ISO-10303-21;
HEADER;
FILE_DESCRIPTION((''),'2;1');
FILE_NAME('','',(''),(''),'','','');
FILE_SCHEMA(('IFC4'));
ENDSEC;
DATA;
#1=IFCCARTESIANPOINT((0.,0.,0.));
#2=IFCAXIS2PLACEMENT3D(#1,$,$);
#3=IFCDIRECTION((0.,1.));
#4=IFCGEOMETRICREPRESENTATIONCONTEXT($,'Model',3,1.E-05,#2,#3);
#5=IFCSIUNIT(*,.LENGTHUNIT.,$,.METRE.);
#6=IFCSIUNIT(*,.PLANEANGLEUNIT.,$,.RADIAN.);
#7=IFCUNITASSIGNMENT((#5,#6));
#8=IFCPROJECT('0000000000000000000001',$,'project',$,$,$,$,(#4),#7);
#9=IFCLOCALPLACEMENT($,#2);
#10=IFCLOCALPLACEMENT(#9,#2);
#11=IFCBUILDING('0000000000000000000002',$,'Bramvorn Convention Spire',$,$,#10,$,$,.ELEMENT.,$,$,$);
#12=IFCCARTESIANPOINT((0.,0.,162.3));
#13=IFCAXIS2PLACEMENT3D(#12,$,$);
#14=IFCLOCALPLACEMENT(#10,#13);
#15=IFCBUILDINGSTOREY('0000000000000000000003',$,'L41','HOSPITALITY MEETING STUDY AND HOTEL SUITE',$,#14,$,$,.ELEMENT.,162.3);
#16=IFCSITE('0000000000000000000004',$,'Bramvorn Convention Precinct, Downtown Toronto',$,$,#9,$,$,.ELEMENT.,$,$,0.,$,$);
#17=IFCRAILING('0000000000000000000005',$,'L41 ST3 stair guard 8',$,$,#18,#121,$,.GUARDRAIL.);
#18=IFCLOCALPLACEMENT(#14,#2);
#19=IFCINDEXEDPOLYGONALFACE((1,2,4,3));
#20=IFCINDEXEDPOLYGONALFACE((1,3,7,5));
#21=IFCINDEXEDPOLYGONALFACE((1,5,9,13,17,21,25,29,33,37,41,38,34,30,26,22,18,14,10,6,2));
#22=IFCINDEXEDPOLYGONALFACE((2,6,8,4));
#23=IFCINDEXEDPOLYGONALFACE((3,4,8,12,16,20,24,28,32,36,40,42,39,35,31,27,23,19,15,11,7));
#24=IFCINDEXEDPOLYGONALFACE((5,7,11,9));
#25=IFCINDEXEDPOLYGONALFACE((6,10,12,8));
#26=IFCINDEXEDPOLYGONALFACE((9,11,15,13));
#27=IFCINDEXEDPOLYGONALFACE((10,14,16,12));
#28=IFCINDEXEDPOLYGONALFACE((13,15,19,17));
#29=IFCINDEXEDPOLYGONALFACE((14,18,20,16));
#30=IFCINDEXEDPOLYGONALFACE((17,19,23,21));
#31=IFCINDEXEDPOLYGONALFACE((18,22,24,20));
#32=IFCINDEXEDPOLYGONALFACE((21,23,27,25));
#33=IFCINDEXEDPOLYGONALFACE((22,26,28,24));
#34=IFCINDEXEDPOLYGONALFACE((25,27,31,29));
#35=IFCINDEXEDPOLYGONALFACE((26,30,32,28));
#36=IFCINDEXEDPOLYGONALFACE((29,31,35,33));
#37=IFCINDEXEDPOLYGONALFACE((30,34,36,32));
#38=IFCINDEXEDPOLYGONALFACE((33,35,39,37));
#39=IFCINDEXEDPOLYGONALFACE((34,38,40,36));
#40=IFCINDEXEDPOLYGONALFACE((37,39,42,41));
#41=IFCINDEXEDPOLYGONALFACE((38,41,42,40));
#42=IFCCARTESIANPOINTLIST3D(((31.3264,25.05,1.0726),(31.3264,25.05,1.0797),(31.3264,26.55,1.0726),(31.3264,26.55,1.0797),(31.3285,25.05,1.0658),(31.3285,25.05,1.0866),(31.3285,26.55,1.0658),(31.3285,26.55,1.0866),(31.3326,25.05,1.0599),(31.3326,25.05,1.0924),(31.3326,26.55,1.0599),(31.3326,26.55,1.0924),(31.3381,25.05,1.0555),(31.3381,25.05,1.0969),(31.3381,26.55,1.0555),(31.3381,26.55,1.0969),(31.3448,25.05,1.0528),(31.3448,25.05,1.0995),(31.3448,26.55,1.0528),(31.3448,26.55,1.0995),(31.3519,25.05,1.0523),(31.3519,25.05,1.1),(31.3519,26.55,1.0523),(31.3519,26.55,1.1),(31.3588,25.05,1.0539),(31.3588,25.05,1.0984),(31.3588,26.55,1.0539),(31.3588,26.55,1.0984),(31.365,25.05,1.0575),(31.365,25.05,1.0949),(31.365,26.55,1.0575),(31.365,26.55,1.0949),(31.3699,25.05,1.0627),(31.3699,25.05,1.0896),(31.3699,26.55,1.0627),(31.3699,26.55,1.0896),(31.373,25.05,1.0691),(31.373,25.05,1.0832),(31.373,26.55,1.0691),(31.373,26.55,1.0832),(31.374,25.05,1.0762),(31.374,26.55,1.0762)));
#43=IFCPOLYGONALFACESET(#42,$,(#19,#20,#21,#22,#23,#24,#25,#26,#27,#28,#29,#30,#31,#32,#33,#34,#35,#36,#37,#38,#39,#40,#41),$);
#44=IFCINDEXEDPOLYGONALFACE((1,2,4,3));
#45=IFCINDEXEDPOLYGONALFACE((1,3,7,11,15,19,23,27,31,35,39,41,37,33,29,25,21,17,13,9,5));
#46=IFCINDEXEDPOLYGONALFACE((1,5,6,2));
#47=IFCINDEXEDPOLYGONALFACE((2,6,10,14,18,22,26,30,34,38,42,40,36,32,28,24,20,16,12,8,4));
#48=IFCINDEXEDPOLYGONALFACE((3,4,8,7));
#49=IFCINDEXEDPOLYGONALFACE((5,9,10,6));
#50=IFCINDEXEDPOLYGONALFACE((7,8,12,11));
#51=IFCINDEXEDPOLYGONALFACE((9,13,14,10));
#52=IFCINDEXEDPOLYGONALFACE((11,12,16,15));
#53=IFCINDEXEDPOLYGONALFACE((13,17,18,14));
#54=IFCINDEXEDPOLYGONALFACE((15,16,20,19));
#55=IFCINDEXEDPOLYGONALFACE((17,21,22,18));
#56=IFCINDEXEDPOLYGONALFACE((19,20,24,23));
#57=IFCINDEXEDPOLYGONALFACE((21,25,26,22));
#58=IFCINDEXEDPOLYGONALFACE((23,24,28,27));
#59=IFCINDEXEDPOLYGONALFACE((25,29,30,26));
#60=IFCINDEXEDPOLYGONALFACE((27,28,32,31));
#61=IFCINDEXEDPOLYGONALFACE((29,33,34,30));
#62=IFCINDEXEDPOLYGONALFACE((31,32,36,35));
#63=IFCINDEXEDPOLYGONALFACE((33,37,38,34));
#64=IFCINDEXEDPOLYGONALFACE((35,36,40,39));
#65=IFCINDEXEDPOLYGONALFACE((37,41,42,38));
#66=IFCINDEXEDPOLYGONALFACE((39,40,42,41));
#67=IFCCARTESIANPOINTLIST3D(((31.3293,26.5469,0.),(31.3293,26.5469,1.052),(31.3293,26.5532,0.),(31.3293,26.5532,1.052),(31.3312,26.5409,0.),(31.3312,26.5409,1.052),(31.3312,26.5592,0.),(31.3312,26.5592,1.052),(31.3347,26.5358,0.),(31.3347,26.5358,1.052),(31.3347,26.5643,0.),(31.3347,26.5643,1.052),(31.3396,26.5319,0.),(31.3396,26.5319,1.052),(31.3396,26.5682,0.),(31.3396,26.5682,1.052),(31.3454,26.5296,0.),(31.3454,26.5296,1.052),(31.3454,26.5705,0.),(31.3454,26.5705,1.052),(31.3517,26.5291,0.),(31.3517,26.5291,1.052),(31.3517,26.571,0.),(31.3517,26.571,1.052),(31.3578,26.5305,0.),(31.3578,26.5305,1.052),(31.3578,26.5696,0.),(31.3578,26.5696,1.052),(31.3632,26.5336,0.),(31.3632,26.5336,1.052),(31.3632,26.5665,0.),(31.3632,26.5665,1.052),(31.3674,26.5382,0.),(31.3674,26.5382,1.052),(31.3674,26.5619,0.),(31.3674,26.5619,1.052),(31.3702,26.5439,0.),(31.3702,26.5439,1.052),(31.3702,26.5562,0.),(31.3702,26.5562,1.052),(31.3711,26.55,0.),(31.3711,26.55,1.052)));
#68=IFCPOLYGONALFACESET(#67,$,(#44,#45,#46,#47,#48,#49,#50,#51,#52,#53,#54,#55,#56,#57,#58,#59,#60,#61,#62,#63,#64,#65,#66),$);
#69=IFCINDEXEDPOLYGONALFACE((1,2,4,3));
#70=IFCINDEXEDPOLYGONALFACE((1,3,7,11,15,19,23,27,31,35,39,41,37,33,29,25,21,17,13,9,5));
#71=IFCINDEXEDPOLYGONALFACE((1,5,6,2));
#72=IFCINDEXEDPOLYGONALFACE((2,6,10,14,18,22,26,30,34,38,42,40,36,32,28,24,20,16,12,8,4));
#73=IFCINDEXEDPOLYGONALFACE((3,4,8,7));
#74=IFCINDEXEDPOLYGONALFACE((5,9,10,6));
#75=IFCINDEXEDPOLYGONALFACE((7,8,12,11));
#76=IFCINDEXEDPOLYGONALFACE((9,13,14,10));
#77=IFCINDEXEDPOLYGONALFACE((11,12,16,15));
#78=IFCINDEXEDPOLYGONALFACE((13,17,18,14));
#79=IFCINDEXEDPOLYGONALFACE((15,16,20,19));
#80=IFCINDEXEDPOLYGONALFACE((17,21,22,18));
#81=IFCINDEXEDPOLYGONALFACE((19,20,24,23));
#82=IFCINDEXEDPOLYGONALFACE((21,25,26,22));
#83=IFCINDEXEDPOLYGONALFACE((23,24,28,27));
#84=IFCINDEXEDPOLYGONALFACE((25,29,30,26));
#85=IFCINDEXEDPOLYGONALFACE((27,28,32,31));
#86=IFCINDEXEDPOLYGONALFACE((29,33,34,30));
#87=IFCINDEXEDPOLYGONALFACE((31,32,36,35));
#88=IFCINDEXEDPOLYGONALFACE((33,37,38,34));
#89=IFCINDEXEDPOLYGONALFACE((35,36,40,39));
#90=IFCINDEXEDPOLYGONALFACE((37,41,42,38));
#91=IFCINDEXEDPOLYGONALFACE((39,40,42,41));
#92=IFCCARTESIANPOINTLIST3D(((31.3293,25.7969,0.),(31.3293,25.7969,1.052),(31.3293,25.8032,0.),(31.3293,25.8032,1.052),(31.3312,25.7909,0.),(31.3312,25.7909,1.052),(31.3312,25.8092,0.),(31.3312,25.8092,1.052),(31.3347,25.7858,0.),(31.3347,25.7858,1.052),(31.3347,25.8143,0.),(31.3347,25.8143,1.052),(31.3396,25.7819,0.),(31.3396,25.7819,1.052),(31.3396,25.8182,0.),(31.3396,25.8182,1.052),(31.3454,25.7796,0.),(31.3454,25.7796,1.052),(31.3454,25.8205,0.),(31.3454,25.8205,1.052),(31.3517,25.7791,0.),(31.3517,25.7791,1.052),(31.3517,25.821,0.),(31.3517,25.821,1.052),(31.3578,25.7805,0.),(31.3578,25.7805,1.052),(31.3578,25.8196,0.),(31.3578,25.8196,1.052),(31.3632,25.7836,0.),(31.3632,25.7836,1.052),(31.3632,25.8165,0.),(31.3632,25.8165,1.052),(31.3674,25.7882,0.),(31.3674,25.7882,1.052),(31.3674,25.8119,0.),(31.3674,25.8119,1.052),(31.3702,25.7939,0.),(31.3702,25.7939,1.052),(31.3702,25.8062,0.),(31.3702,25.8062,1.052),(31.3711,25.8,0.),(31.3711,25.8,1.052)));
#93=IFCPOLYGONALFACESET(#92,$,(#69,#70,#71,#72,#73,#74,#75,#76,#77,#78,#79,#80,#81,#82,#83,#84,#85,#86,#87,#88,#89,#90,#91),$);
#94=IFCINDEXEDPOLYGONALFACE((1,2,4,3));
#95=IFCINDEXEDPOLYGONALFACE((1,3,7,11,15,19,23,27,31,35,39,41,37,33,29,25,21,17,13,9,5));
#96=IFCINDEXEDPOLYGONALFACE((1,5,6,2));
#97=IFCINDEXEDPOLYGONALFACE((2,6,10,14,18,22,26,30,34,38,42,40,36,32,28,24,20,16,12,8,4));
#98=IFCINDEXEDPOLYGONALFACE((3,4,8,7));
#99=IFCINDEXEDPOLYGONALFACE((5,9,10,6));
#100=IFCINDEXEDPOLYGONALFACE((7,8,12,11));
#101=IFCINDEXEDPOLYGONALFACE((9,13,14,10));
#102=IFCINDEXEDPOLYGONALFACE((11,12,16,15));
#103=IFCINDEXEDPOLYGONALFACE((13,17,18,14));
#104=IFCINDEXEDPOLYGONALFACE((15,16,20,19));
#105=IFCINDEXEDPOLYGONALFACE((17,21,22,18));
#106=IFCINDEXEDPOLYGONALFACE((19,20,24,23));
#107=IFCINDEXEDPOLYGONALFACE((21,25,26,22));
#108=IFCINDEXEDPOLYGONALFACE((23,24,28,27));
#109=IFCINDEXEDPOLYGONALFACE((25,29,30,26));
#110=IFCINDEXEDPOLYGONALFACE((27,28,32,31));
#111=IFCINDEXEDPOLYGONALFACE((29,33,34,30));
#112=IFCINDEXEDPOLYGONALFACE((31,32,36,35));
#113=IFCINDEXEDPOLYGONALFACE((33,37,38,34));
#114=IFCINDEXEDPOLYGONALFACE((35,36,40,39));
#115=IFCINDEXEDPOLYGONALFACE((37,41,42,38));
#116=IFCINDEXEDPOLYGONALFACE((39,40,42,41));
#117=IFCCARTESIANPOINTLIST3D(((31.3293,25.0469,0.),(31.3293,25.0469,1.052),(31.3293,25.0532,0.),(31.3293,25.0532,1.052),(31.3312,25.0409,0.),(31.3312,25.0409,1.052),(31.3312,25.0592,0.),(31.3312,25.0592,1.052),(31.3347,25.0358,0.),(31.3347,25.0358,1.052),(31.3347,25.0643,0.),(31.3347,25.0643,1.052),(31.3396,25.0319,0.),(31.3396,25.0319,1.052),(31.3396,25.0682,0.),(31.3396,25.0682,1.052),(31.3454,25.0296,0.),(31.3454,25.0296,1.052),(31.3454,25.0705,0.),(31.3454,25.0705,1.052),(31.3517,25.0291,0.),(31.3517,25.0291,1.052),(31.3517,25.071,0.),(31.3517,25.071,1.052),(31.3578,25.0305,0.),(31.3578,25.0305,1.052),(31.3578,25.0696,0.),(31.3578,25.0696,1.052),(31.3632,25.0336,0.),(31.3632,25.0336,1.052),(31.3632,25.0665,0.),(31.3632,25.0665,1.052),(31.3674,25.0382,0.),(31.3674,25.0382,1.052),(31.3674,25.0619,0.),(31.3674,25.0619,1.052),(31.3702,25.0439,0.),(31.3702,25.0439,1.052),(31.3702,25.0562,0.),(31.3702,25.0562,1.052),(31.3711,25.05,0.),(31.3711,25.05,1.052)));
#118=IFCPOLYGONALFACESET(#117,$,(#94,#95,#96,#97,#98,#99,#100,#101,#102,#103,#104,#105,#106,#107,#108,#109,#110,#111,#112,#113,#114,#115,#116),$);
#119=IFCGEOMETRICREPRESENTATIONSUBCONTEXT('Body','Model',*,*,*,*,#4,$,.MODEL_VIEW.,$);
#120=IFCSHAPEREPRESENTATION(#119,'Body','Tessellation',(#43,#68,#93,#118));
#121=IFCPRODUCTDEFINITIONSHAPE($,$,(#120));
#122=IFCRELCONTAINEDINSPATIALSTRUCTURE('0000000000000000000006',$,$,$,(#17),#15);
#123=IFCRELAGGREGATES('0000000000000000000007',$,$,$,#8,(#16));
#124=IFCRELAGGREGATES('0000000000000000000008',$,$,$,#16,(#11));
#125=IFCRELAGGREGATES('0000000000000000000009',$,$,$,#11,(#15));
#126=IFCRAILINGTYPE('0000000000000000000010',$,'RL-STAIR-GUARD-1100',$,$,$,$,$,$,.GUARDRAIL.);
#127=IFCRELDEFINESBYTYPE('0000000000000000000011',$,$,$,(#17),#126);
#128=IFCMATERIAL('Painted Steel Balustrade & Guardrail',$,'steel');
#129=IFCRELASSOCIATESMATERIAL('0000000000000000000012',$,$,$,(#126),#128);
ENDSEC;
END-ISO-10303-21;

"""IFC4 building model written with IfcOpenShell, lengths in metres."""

from ifc_helpers import new_model, si_unit, direction, frame, origin, origin_2d, place, context, subcontext, project, spatial, circle, extrude, material, type_object, element, save


model = new_model("IFC4")

# Units and contexts
model_context = context("Model", 3, precision=1e-05, world=origin(), true_north=direction((0.0, 1.0)))
body_context = subcontext(model_context, "Body", "Model", "MODEL_VIEW")
ifc_project = project(units=[si_unit("LENGTHUNIT", "METRE"), si_unit("PLANEANGLEUNIT", "RADIAN")], contexts=[model_context])

# Site, building, storey
site_placement = place(None, origin())
site = spatial("IfcSite", under=ifc_project, at=site_placement, Name="Bramvorn Convention Precinct, Downtown Toronto", CompositionType="ELEMENT", RefElevation=0.0)
building_placement = place(site_placement, origin())
building = spatial("IfcBuilding", under=site, at=building_placement, Name="Bramvorn Convention Spire", CompositionType="ELEMENT")
storey_placement = place(building_placement, frame((0.0, 0.0, 162.3)))
storey = spatial("IfcBuildingStorey", under=building, at=storey_placement, Name="L41", Description="HOSPITALITY MEETING STUDY AND HOTEL SUITE", CompositionType="ELEMENT", Elevation=162.3)

# Railing
ifc_material_1 = material(Name="Painted Steel Balustrade & Guardrail", Category="steel")
railing_type = type_object("IfcRailingType", Name="RL-STAIR-GUARD-1100", PredefinedType="GUARDRAIL", material=ifc_material_1)
railing_1_placement = place(storey_placement, frame((31.3501, 26.55, 0.0)))
element("IfcRailing", 1, at=railing_1_placement, inside=storey, type_object=railing_type, Name="L41 ST3 stair guard 8", PredefinedType="GUARDRAIL", context=body_context, shape_type="SweptSolid", body=[
    extrude(circle(Radius=0.0239, at=origin_2d()), frame((0.0, 0.0, 1.0762), z_axis=(0.0, -1.0, 0.0), x_axis=(1.0, 0.0, 0.0)), (0.0, 0.0, 1.0), 1.5),
    extrude(circle(Radius=0.021, at=origin_2d()), origin(), (0.0, 0.0, 1.0), 1.052),
    extrude(circle(Radius=0.021, at=origin_2d()), frame((0.0, -0.75, 0.0)), (0.0, 0.0, 1.0), 1.052),
    extrude(circle(Radius=0.021, at=origin_2d()), frame((0.0, -1.5, 0.0)), (0.0, 0.0, 1.0), 1.052),
])

save(model, "model.ifc")
